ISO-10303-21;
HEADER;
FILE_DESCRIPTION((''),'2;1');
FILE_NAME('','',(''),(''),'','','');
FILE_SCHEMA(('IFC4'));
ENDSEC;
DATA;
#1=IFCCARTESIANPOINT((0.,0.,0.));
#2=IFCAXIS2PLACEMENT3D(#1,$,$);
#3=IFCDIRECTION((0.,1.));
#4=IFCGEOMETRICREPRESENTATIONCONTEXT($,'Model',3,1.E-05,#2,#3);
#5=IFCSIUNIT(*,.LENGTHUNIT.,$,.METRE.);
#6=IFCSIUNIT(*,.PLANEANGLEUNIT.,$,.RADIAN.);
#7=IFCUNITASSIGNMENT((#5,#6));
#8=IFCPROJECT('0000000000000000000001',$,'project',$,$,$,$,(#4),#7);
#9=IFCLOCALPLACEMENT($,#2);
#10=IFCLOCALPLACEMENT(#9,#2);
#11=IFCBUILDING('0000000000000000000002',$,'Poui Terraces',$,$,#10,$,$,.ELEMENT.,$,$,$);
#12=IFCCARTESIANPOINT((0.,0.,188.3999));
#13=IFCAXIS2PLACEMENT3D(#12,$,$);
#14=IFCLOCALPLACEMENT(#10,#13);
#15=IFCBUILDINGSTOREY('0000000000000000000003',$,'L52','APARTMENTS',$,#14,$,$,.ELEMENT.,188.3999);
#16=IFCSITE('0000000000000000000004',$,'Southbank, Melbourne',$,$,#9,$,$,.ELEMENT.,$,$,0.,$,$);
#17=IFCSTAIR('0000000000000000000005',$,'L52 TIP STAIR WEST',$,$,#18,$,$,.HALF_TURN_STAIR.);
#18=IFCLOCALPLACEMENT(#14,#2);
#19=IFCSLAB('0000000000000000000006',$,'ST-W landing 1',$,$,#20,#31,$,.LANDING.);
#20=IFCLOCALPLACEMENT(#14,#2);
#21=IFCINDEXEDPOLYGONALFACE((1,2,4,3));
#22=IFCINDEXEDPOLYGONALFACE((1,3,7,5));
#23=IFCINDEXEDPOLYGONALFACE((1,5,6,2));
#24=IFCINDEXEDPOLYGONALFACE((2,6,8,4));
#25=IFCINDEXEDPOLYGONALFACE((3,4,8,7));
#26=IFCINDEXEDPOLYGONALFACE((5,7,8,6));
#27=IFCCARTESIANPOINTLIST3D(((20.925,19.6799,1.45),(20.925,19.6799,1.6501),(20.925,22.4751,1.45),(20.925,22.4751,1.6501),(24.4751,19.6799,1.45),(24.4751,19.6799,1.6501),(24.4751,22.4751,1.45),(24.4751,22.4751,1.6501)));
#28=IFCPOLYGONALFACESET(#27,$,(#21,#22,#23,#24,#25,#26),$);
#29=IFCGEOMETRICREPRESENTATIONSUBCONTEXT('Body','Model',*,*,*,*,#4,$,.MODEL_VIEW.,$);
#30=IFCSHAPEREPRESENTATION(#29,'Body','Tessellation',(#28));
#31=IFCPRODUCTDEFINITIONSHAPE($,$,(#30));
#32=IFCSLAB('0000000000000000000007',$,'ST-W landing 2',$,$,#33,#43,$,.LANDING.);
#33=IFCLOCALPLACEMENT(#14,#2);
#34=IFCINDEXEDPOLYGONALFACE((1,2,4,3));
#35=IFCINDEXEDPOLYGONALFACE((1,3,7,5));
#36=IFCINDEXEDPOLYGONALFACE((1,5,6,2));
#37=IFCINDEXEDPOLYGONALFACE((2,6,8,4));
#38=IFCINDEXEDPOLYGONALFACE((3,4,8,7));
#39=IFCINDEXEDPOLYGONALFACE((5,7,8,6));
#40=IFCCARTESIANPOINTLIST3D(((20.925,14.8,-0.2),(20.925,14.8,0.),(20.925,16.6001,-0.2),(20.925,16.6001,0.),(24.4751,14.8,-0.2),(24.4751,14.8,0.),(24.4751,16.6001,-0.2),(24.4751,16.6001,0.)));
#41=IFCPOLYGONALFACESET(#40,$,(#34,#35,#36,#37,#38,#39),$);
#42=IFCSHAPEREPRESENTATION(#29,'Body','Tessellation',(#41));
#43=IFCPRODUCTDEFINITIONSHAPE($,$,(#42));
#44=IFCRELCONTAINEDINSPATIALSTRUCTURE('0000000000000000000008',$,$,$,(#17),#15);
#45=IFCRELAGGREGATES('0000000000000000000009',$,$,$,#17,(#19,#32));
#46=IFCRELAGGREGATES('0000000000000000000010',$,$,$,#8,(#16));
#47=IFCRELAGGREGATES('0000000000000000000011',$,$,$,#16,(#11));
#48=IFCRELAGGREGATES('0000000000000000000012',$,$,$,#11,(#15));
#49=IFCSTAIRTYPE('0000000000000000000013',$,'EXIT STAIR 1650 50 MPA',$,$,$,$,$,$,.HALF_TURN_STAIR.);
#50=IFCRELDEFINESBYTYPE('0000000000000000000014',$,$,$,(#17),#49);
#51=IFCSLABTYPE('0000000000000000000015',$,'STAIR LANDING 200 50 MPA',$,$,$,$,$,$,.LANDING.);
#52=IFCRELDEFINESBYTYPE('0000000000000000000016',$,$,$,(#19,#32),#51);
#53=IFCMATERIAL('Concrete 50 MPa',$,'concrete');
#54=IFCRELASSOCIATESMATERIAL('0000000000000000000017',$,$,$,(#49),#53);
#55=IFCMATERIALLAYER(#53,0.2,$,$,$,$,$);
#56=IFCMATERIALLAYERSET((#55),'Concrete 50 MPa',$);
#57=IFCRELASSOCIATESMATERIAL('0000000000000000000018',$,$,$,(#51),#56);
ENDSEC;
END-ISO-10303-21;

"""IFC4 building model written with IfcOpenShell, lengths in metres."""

from ifc_helpers import new_model, si_unit, direction, frame, origin, place, context, subcontext, project, spatial, polyline, outline, extrude, material, layer, layer_set, type_object, element, aggregate, save


model = new_model("IFC4")

# Units and contexts
model_context = context("Model", 3, precision=1e-05, world=origin(), true_north=direction((0.0, 1.0)))
body_context = subcontext(model_context, "Body", "Model", "MODEL_VIEW")
ifc_project = project(units=[si_unit("LENGTHUNIT", "METRE"), si_unit("PLANEANGLEUNIT", "RADIAN")], contexts=[model_context])

# Site, building, storey
site_placement = place(None, origin())
site = spatial("IfcSite", under=ifc_project, at=site_placement, Name="Southbank, Melbourne", CompositionType="ELEMENT", RefElevation=0.0)
building_placement = place(site_placement, origin())
building = spatial("IfcBuilding", under=site, at=building_placement, Name="Poui Terraces", CompositionType="ELEMENT")
storey_placement = place(building_placement, frame((0.0, 0.0, 188.3999)))
storey = spatial("IfcBuildingStorey", under=building, at=storey_placement, Name="L52", Description="APARTMENTS", CompositionType="ELEMENT", Elevation=188.3999)

# Stair, slabs
ifc_material = material(Name="Concrete 50 MPa", Category="concrete")
stair_type = type_object("IfcStairType", Name="EXIT STAIR 1650 50 MPA", PredefinedType="HALF_TURN_STAIR", material=ifc_material)
stair_placement = place(storey_placement, origin())
stair = element("IfcStair", 1, at=stair_placement, inside=storey, type_object=stair_type, Name="L52 TIP STAIR WEST", PredefinedType="HALF_TURN_STAIR")
ifc_layer = layer(ifc_material, 0.2)
ifc_layer_set = layer_set([ifc_layer], Name="Concrete 50 MPa")
slab_type = type_object("IfcSlabType", Name="STAIR LANDING 200 50 MPA", PredefinedType="LANDING", material=ifc_layer_set)
slab_1_placement = place(storey_placement, frame((0.0, 0.0, 1.45)))
slab_1 = element("IfcSlab", 2, at=slab_1_placement, type_object=slab_type, Name="ST-W landing 1", PredefinedType="LANDING", context=body_context, shape_type="SweptSolid", body=[
    extrude(outline(polyline([(20.925, 19.6799), (24.4751, 19.6799), (24.4751, 22.4751), (20.925, 22.4751), (20.925, 19.6799)])), origin(), (0.0, 0.0, 1.0), 0.2002),
])
slab_2_placement = place(storey_placement, frame((0.0, 0.0, -0.2)))
slab_2 = element("IfcSlab", 3, at=slab_2_placement, type_object=slab_type, Name="ST-W landing 2", PredefinedType="LANDING", context=body_context, shape_type="SweptSolid", body=[
    extrude(outline(polyline([(20.925, 14.8), (24.4751, 14.8), (24.4751, 16.6001), (20.925, 16.6001), (20.925, 14.8)])), origin(), (0.0, 0.0, 1.0), 0.2),
])
aggregate(stair, [slab_1, slab_2])

save(model, "model.ifc")
